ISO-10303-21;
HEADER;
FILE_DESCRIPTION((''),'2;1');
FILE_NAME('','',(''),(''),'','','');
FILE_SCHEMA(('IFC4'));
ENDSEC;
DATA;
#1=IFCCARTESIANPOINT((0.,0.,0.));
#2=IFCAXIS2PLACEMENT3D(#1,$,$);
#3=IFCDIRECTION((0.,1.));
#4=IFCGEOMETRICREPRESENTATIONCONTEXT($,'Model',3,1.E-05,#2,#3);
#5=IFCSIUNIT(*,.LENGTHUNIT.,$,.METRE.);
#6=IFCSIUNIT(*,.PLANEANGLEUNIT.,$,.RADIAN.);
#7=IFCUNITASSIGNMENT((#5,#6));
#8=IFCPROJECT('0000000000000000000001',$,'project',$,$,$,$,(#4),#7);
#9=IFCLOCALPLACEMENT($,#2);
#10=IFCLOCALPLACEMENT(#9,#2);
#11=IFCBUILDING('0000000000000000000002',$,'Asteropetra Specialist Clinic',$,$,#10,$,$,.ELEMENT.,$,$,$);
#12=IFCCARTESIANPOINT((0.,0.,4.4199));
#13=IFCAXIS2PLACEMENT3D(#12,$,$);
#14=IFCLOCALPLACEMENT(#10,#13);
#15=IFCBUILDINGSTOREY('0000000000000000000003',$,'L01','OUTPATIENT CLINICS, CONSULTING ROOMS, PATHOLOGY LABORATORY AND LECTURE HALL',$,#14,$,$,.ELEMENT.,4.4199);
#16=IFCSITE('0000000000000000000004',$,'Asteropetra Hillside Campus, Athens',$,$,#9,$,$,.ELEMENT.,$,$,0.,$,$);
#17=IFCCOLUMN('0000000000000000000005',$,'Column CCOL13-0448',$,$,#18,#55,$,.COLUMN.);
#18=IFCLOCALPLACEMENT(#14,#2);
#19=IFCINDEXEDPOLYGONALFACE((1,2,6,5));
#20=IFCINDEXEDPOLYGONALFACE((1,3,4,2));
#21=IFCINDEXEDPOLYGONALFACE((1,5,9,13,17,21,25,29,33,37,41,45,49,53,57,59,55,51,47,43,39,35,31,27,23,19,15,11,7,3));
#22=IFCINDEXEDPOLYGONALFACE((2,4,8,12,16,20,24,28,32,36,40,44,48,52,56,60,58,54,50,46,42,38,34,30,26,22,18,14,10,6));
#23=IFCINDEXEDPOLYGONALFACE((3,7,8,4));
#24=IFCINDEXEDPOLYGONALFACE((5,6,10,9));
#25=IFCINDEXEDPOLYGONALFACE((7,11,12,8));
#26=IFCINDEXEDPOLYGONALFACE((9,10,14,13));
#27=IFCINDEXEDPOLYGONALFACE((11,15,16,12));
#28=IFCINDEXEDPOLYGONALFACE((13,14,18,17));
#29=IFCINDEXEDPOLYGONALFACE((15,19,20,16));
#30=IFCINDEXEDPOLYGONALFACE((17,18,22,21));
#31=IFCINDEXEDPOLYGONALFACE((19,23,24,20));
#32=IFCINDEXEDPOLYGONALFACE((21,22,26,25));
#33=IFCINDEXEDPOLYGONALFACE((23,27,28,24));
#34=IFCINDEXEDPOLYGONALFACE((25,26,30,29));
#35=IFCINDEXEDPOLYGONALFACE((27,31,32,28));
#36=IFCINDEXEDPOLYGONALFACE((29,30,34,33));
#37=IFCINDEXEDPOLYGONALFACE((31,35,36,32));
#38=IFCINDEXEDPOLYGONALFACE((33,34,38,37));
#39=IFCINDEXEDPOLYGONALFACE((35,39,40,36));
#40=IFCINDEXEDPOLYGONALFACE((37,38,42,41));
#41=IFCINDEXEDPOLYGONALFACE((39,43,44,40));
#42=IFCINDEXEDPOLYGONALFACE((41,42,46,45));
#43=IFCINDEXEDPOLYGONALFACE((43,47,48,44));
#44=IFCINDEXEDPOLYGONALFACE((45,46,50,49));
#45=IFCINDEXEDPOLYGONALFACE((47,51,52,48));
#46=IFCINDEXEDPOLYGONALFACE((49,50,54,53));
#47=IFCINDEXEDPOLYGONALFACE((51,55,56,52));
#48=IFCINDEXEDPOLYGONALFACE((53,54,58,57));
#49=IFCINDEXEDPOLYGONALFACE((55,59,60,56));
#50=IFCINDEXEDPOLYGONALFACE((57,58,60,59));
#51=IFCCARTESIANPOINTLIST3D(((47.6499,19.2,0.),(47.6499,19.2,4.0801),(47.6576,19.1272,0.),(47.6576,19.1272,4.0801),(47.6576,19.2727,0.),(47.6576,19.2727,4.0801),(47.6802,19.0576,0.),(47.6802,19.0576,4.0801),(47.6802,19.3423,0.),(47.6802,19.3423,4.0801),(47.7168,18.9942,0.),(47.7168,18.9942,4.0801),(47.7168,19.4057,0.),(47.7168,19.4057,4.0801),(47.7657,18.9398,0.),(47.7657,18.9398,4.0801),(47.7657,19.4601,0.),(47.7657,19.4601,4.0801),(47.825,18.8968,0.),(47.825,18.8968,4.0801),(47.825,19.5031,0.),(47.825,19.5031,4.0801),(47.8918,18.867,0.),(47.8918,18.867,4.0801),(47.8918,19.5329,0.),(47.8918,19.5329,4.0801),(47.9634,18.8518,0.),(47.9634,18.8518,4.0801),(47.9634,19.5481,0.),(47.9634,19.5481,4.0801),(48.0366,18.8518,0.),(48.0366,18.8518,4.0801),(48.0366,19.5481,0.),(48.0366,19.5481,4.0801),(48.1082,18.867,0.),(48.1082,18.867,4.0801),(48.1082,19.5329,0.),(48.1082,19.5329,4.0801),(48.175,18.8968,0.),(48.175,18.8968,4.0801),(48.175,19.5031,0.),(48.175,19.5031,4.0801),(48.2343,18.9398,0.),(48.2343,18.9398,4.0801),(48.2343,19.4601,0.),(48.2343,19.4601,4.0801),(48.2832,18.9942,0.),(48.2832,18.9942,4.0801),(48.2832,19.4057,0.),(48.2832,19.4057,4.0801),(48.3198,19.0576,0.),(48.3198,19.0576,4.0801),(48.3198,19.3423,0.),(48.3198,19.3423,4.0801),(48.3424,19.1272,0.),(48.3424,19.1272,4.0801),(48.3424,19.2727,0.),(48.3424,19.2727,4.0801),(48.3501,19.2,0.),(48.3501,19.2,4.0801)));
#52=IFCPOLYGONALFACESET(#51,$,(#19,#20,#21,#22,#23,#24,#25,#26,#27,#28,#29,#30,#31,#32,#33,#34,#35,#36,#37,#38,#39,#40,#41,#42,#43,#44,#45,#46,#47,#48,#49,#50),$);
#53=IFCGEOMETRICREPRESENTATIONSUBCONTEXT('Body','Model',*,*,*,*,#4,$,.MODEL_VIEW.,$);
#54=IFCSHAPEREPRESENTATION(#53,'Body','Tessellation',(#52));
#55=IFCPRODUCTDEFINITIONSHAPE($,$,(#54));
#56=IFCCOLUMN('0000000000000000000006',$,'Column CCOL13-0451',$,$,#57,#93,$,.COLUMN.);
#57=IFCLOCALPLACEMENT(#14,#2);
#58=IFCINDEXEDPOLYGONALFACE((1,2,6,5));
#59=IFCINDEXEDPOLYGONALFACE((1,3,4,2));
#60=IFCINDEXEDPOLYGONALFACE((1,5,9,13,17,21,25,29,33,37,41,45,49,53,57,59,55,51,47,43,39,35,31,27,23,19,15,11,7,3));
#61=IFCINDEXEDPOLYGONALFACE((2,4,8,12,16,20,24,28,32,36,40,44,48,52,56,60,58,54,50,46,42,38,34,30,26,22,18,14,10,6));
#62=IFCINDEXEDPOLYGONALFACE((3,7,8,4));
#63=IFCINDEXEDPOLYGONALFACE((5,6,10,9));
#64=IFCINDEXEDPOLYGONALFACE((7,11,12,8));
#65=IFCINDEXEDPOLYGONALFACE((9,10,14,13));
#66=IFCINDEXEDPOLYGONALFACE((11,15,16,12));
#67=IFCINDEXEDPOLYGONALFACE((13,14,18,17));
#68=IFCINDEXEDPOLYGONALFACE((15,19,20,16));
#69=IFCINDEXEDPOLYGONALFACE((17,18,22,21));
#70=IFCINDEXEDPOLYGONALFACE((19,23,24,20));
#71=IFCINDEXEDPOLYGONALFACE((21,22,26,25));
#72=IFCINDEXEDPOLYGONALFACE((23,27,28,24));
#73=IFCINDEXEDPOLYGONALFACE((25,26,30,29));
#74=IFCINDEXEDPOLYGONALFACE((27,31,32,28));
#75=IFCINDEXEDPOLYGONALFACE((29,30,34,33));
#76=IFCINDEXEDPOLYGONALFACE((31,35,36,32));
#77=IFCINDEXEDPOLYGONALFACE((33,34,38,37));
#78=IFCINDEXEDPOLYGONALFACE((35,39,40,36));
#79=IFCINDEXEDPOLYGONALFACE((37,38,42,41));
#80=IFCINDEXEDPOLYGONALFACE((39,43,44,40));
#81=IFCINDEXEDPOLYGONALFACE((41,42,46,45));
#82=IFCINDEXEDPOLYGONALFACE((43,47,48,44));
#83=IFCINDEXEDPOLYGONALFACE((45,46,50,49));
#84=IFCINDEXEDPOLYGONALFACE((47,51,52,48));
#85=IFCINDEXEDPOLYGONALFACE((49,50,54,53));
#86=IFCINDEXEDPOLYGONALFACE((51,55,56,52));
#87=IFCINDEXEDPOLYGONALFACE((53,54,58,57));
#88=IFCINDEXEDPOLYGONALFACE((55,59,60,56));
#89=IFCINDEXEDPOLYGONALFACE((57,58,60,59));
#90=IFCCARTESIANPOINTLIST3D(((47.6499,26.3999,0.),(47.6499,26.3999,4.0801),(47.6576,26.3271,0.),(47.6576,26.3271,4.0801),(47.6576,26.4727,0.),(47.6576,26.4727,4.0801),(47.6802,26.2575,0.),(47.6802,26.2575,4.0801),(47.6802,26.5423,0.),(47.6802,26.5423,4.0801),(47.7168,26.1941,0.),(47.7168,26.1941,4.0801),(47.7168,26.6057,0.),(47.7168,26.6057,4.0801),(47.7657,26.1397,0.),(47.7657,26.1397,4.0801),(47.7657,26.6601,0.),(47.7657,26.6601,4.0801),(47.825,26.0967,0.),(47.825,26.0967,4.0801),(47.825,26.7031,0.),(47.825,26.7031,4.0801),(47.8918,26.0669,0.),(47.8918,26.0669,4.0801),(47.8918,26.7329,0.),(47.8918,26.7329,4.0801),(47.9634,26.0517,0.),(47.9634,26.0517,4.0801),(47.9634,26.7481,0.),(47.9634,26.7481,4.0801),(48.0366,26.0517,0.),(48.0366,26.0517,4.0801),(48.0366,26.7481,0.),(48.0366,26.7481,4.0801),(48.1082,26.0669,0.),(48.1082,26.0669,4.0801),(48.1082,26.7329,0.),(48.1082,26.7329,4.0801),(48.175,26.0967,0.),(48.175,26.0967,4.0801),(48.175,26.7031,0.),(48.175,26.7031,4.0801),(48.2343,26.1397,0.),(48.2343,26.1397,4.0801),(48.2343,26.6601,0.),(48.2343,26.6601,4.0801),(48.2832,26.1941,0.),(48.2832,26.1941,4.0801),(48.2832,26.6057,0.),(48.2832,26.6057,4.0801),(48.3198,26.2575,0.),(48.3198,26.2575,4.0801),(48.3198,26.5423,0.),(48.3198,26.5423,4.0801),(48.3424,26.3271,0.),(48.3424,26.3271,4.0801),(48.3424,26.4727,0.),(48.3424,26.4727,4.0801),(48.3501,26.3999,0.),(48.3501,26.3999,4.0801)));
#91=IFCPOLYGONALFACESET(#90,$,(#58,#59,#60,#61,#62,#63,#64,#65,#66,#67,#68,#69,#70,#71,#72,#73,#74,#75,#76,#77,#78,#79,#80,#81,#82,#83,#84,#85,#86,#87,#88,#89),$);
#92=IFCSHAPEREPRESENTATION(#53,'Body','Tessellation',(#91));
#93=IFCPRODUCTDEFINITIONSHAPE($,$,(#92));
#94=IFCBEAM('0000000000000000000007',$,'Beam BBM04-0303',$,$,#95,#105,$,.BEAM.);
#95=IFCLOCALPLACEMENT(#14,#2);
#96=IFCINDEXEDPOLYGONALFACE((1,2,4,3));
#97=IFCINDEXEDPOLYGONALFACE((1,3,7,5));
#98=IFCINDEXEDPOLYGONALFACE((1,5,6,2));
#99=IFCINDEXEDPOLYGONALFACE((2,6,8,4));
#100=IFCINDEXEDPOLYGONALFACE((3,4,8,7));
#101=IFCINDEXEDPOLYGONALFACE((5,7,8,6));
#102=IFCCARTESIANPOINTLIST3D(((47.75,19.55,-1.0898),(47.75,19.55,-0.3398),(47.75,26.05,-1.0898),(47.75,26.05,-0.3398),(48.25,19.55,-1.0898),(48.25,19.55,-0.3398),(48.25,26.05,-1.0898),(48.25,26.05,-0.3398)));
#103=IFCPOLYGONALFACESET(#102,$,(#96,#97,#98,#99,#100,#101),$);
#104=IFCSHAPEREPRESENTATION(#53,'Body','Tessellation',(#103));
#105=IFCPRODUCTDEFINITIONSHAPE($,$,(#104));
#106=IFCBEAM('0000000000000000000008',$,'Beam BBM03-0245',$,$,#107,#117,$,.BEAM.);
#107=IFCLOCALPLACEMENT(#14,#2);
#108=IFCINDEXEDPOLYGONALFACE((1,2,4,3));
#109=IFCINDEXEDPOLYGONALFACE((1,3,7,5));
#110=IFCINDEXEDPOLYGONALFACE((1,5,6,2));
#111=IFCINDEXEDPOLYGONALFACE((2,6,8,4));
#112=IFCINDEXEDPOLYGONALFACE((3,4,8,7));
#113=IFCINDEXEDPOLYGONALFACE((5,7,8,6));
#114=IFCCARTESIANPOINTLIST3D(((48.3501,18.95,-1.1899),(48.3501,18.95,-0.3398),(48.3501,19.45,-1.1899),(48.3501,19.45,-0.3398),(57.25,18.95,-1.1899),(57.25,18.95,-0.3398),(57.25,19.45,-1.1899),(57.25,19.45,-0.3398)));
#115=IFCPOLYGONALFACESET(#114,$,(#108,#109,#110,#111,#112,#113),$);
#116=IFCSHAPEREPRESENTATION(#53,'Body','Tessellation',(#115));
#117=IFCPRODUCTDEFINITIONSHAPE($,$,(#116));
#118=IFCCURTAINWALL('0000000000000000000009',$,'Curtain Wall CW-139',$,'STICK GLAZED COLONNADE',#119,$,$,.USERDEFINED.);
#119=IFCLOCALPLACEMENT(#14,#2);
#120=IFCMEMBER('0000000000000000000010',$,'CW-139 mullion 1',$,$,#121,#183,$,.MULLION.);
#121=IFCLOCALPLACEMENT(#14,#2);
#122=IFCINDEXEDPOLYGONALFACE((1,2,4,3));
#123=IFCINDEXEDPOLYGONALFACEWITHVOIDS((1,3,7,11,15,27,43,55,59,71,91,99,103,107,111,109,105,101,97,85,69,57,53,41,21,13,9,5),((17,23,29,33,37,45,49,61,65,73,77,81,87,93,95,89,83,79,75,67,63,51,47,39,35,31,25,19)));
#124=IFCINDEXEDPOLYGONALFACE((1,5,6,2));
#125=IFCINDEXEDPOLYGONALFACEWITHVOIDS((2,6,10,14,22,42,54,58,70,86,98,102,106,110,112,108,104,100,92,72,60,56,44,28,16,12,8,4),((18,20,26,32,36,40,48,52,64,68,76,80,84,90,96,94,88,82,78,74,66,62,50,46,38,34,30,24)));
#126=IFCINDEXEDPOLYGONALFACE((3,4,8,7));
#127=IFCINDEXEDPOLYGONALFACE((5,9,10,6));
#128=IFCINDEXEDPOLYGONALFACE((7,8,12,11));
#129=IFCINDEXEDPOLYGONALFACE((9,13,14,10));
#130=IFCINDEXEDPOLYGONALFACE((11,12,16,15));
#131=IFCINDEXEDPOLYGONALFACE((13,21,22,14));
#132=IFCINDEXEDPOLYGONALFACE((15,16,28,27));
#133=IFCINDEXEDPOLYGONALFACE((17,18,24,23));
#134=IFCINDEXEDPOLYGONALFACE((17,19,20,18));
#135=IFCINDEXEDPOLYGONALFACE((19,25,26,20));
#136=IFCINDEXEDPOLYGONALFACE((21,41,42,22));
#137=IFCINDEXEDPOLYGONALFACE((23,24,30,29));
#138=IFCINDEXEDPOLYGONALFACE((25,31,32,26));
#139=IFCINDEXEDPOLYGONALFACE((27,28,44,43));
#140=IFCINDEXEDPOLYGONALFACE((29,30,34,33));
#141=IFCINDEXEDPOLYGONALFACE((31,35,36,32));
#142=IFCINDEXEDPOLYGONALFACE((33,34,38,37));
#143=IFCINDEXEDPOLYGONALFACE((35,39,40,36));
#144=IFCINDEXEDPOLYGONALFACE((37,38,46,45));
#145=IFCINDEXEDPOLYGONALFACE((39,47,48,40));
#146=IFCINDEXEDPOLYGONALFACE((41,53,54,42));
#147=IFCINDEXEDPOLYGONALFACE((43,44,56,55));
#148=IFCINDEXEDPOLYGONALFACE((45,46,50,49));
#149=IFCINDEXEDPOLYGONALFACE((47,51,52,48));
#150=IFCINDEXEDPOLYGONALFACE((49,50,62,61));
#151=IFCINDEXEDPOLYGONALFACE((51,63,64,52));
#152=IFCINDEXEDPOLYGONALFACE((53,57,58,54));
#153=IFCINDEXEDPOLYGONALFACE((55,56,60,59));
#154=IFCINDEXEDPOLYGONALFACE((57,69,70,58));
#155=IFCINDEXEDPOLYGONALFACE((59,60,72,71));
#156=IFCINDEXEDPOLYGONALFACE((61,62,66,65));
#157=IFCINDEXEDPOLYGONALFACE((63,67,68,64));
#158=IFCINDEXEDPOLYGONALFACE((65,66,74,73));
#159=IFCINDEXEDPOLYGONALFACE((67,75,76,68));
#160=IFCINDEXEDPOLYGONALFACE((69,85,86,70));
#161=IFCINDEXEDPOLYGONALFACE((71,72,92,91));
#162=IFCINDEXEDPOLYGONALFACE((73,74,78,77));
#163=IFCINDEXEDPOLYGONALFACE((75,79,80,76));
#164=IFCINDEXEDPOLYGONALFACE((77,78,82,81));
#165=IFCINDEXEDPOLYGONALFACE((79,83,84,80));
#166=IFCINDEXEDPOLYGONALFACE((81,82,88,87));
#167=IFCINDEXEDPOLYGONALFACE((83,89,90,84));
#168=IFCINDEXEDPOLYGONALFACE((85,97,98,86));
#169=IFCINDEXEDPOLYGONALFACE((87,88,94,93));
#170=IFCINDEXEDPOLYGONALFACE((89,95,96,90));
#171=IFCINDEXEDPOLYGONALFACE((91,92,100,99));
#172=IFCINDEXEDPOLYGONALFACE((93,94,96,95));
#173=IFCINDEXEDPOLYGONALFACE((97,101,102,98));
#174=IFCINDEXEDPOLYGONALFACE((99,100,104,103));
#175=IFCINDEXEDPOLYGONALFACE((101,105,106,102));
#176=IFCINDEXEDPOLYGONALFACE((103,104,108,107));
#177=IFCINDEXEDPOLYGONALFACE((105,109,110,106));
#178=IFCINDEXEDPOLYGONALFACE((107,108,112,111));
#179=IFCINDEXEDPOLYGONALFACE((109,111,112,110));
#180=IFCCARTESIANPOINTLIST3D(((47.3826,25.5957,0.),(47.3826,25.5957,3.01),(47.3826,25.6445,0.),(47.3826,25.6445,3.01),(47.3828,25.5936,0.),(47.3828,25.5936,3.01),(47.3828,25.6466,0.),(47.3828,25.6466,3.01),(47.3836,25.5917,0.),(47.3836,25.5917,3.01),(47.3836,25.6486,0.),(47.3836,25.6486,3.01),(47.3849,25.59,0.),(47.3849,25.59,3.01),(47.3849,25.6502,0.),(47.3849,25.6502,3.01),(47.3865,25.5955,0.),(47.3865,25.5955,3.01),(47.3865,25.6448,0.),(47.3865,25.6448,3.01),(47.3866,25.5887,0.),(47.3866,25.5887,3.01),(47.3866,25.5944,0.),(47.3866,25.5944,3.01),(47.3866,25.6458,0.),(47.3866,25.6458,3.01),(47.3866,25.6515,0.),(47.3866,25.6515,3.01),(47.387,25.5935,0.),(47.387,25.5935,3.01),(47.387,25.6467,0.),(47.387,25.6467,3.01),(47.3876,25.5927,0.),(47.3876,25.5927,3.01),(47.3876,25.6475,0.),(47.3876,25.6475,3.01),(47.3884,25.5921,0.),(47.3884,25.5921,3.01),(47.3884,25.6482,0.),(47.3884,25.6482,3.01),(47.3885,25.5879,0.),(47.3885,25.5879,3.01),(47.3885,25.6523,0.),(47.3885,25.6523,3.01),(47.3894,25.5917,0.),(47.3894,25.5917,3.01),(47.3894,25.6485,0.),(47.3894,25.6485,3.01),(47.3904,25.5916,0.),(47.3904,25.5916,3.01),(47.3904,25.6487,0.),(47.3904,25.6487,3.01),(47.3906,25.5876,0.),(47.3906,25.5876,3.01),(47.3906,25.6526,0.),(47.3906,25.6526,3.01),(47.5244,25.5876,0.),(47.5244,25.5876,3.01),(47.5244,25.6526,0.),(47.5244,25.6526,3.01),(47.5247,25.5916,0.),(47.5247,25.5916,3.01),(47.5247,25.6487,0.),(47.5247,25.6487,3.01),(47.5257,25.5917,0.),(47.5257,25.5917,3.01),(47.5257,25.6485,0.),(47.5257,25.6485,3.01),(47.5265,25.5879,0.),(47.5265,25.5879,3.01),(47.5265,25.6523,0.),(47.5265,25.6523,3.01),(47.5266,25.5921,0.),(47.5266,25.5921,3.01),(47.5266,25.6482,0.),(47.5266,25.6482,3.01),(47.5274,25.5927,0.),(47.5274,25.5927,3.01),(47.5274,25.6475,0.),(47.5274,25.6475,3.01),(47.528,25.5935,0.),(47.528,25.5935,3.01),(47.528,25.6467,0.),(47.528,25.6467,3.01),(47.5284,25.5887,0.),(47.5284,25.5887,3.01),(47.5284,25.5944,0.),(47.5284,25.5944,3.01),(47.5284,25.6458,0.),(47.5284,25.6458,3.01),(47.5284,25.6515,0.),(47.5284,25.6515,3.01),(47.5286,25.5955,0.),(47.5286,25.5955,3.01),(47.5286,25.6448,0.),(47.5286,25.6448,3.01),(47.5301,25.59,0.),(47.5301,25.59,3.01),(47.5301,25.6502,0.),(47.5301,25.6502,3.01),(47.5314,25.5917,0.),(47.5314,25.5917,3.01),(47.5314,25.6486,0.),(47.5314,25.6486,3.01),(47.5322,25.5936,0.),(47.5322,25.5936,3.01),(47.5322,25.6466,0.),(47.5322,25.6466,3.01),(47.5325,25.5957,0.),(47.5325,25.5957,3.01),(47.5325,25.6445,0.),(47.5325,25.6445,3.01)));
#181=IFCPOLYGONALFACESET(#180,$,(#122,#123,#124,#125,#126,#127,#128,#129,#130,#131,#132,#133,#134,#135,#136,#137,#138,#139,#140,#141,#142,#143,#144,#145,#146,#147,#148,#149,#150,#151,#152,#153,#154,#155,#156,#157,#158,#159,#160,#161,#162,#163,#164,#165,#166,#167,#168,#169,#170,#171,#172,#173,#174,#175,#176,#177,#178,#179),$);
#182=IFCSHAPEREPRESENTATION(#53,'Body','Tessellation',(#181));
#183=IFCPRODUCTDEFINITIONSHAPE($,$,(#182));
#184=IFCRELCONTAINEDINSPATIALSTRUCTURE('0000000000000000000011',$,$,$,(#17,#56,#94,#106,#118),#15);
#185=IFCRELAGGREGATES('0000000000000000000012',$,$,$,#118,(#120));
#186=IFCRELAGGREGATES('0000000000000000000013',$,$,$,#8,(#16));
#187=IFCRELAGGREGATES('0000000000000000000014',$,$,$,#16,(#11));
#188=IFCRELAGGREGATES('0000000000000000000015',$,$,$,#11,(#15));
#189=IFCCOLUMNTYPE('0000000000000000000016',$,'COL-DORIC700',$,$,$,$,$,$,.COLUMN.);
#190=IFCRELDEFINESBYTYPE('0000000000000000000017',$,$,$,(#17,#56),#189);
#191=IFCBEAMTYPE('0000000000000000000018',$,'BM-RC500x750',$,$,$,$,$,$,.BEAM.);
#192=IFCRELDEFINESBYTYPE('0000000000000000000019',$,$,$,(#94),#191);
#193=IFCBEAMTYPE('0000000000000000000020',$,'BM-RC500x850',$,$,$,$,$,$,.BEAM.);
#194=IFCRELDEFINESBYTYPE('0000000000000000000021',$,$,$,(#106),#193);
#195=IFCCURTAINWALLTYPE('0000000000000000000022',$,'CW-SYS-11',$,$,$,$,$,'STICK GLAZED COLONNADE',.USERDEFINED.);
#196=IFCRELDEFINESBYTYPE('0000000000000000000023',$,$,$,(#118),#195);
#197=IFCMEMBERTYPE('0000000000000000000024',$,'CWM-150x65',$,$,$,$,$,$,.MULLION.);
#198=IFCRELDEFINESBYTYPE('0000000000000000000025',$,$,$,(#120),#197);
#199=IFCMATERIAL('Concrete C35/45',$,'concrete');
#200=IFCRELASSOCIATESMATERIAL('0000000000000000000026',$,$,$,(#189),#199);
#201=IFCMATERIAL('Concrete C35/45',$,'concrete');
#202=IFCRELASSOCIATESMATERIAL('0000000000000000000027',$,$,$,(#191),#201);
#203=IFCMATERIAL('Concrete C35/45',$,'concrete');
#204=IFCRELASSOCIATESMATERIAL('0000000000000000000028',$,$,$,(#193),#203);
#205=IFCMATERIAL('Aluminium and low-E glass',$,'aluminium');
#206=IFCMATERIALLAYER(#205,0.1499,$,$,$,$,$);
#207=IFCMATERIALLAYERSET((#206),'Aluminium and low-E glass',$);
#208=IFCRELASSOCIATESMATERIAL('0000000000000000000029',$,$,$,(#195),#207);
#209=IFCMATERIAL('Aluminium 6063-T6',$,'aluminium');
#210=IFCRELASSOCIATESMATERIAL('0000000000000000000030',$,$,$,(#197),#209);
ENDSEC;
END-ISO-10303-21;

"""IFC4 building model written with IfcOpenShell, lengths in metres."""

from ifc_helpers import new_model, si_unit, direction, frame, origin, origin_2d, place, context, subcontext, project, spatial, rectangle, hollow_rectangle, circle, extrude, material, layer, layer_set, material_profile, profile_set, type_object, element, aggregate, save


model = new_model("IFC4")

# Units and contexts
model_context = context("Model", 3, precision=1e-05, world=origin(), true_north=direction((0.0, 1.0)))
body_context = subcontext(model_context, "Body", "Model", "MODEL_VIEW")
ifc_project = project(units=[si_unit("LENGTHUNIT", "METRE"), si_unit("PLANEANGLEUNIT", "RADIAN")], contexts=[model_context])

# Site, building, storey
site_placement = place(None, origin())
site = spatial("IfcSite", under=ifc_project, at=site_placement, Name="Asteropetra Hillside Campus, Athens", CompositionType="ELEMENT", RefElevation=0.0)
building_placement = place(site_placement, origin())
building = spatial("IfcBuilding", under=site, at=building_placement, Name="Asteropetra Specialist Clinic", CompositionType="ELEMENT")
storey_placement = place(building_placement, frame((0.0, 0.0, 4.4199)))
storey = spatial("IfcBuildingStorey", under=building, at=storey_placement, Name="L01", Description="OUTPATIENT CLINICS, CONSULTING ROOMS, PATHOLOGY LABORATORY AND LECTURE HALL", CompositionType="ELEMENT", Elevation=4.4199)

# Columns
ifc_material_1 = material(Name="Concrete C35/45", Category="concrete")
ifc_material_profile_1 = material_profile(ifc_material_1, circle(Radius=0.3501, at=origin_2d()), Name="RCC D700")
ifc_profile_set_1 = profile_set([ifc_material_profile_1], Name="Concrete C35/45")
column_type = type_object("IfcColumnType", Name="COL-DORIC700", PredefinedType="COLUMN", material=ifc_profile_set_1)
for number, where, z_axis, x_axis, name in (
    (1, (48.0, 19.2, 0.0), (0.0, 0.0, 1.0), (1.0, 0.0, 0.0), "Column CCOL13-0448"),
    (2, (48.0, 26.3999, 0.0), (0.0, 0.0, 1.0), (1.0, 0.0, 0.0), "Column CCOL13-0451"),
):
    element("IfcColumn", number, at=place(storey_placement, frame(where, z_axis=z_axis, x_axis=x_axis)), inside=storey, type_object=column_type, Name=name, PredefinedType="COLUMN", context=body_context, shape_type="SweptSolid", body=[
        extrude(circle(Radius=0.3501, at=origin_2d()), origin(), (0.0, 0.0, 1.0), 4.0801),
    ])

# Beams
ifc_material_2 = material(Name="Concrete C35/45", Category="concrete")
ifc_material_profile_2 = material_profile(ifc_material_2, rectangle(XDim=0.5, YDim=0.75, at=origin_2d()), Name="RCB 500x750")
ifc_profile_set_2 = profile_set([ifc_material_profile_2], Name="Concrete C35/45")
beam_type_1 = type_object("IfcBeamType", Name="BM-RC500x750", PredefinedType="BEAM", material=ifc_profile_set_2)
beam_1_placement = place(storey_placement, frame((48.0, 19.55, -0.7148), z_axis=(0.0, 1.0, 0.0), x_axis=(-1.0, 0.0, 0.0)))
element("IfcBeam", 3, at=beam_1_placement, inside=storey, type_object=beam_type_1, Name="Beam BBM04-0303", PredefinedType="BEAM", context=body_context, shape_type="SweptSolid", body=[
    extrude(rectangle(XDim=0.5, YDim=0.75, at=origin_2d()), origin(), (0.0, 0.0, 1.0), 6.5),
])
ifc_material_3 = material(Name="Concrete C35/45", Category="concrete")
ifc_material_profile_3 = material_profile(ifc_material_3, rectangle(XDim=0.5, YDim=0.8501, at=origin_2d()), Name="RCB 500x850")
ifc_profile_set_3 = profile_set([ifc_material_profile_3], Name="Concrete C35/45")
beam_type_2 = type_object("IfcBeamType", Name="BM-RC500x850", PredefinedType="BEAM", material=ifc_profile_set_3)
beam_2_placement = place(storey_placement, frame((48.3501, 19.2, -0.7649), z_axis=(1.0, 0.0, 0.0), x_axis=(0.0, 1.0, 0.0)))
element("IfcBeam", 4, at=beam_2_placement, inside=storey, type_object=beam_type_2, Name="Beam BBM03-0245", PredefinedType="BEAM", context=body_context, shape_type="SweptSolid", body=[
    extrude(rectangle(XDim=0.5, YDim=0.8501, at=origin_2d()), origin(), (0.0, 0.0, 1.0), 8.8999),
])

# Curtain wall, member
ifc_material_4 = material(Name="Aluminium and low-E glass", Category="aluminium")
ifc_layer_1 = layer(ifc_material_4, 0.1499)
ifc_layer_set_1 = layer_set([ifc_layer_1], Name="Aluminium and low-E glass")
curtain_wall_type_1 = type_object("IfcCurtainWallType", Name="CW-SYS-11", ElementType="STICK GLAZED COLONNADE", PredefinedType="USERDEFINED", material=ifc_layer_set_1)
curtain_wall_1_placement = place(storey_placement, origin())
curtain_wall_1 = element("IfcCurtainWall", 5, at=curtain_wall_1_placement, inside=storey, type_object=curtain_wall_type_1, Name="Curtain Wall CW-139", ObjectType="STICK GLAZED COLONNADE", PredefinedType="USERDEFINED")
ifc_material_5 = material(Name="Aluminium 6063-T6", Category="aluminium")
ifc_material_profile_4 = material_profile(ifc_material_5, hollow_rectangle(XDim=0.0649, YDim=0.1499, WallThickness=0.0039, InnerFilletRadius=0.0039, OuterFilletRadius=0.0081, at=origin_2d()), Name="MUL 150x65x4.0")
ifc_profile_set_4 = profile_set([ifc_material_profile_4], Name="Aluminium 6063-T6")
member_type_1 = type_object("IfcMemberType", Name="CWM-150x65", PredefinedType="MULLION", material=ifc_profile_set_4)
member_1_placement = place(storey_placement, frame((47.4575, 25.6201, 0.0), z_axis=(0.0, 0.0, 1.0), x_axis=(0.0, -1.0, 0.0)))
member_1 = element("IfcMember", 6, at=member_1_placement, type_object=member_type_1, Name="CW-139 mullion 1", PredefinedType="MULLION", context=body_context, shape_type="SweptSolid", body=[
    extrude(hollow_rectangle(XDim=0.0649, YDim=0.1499, WallThickness=0.0039, InnerFilletRadius=0.0039, OuterFilletRadius=0.0081, at=origin_2d()), origin(), (0.0, 0.0, 1.0), 3.01),
])

aggregate(curtain_wall_1, [member_1])

save(model, "model.ifc")
